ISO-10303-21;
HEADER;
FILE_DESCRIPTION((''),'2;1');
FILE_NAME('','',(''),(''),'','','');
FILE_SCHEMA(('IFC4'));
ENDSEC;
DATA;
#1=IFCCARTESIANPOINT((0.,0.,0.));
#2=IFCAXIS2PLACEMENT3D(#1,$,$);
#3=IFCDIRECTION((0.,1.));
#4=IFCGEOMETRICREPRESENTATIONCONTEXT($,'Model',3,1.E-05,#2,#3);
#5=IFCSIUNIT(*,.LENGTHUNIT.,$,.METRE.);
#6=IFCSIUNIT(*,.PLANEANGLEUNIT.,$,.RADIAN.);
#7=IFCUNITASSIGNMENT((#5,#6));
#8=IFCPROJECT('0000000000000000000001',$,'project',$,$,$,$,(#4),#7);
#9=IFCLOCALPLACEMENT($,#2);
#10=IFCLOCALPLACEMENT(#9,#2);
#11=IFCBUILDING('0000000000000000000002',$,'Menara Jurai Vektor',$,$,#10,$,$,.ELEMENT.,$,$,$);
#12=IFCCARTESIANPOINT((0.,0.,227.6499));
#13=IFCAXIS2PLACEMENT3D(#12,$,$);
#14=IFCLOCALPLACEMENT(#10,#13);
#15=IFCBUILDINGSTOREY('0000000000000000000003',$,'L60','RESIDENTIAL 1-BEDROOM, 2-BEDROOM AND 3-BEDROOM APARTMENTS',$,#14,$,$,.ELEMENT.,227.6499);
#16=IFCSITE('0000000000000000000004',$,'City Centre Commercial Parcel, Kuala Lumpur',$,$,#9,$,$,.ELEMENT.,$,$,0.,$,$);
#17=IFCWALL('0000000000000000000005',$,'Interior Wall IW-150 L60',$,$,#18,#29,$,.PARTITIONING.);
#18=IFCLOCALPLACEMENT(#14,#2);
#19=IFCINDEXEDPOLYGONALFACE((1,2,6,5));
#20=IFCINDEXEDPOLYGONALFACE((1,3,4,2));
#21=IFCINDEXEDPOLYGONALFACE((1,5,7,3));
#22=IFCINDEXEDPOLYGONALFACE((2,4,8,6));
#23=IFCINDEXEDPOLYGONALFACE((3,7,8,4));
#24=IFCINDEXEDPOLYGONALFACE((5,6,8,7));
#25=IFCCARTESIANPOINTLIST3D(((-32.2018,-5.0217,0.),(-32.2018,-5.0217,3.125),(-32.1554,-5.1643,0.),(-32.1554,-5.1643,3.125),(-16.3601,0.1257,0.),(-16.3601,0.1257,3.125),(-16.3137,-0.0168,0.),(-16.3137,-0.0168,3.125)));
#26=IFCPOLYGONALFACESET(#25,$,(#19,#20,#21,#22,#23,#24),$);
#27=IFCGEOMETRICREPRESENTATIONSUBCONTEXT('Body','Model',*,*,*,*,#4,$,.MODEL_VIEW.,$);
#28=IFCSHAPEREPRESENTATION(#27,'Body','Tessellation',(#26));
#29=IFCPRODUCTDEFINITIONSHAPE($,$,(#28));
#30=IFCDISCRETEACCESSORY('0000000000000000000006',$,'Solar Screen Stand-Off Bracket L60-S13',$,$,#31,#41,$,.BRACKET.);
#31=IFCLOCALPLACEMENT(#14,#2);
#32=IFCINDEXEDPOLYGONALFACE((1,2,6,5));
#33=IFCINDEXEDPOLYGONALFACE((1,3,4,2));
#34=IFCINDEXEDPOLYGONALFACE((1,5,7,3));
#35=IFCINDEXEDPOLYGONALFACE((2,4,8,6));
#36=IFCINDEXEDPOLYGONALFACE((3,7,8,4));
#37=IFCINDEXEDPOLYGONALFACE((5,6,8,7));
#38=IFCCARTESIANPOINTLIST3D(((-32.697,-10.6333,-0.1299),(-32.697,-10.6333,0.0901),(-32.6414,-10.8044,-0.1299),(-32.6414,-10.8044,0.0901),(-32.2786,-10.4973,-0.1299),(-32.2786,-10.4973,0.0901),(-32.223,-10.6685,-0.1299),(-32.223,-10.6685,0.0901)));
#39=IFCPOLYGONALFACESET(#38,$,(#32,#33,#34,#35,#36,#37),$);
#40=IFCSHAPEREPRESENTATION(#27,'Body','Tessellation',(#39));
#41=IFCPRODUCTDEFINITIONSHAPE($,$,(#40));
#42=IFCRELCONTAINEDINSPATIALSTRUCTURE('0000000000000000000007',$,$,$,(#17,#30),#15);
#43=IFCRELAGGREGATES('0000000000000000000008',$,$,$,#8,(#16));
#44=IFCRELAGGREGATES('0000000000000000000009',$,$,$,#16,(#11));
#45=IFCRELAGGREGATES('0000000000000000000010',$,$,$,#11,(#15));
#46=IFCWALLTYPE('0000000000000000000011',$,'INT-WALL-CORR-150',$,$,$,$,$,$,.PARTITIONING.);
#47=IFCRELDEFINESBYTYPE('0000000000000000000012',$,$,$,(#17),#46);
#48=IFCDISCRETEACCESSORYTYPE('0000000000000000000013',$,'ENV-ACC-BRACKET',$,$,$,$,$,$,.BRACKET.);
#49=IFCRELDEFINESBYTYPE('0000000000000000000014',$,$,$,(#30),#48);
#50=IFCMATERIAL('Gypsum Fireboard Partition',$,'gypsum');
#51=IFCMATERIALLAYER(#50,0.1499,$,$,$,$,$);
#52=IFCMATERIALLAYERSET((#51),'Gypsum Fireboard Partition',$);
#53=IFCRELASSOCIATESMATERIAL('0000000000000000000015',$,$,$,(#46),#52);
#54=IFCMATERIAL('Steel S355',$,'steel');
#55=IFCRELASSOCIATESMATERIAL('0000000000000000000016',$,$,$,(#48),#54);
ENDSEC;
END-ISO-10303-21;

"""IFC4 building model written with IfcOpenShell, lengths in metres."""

from ifc_helpers import new_model, si_unit, direction, frame, frame_2d, origin, origin_2d, place, context, subcontext, project, spatial, rectangle, extrude, material, layer, layer_set, type_object, element, save


model = new_model("IFC4")

# Units and contexts
model_context = context("Model", 3, precision=1e-05, world=origin(), true_north=direction((0.0, 1.0)))
body_context = subcontext(model_context, "Body", "Model", "MODEL_VIEW")
ifc_project = project(units=[si_unit("LENGTHUNIT", "METRE"), si_unit("PLANEANGLEUNIT", "RADIAN")], contexts=[model_context])

# Site, building, storey
site_placement = place(None, origin())
site = spatial("IfcSite", under=ifc_project, at=site_placement, Name="City Centre Commercial Parcel, Kuala Lumpur", CompositionType="ELEMENT", RefElevation=0.0)
building_placement = place(site_placement, origin())
building = spatial("IfcBuilding", under=site, at=building_placement, Name="Menara Jurai Vektor", CompositionType="ELEMENT")
storey_placement = place(building_placement, frame((0.0, 0.0, 227.6499)))
storey = spatial("IfcBuildingStorey", under=building, at=storey_placement, Name="L60", Description="RESIDENTIAL 1-BEDROOM, 2-BEDROOM AND 3-BEDROOM APARTMENTS", CompositionType="ELEMENT", Elevation=227.6499)

# Shared definitions
ifc_material_1 = material(Name="Steel S355", Category="steel")

# Shared definitions
ifc_material_2 = material(Name="Gypsum Fireboard Partition", Category="gypsum")
ifc_layer_1 = layer(ifc_material_2, 0.1499)
ifc_layer_set_1 = layer_set([ifc_layer_1], Name="Gypsum Fireboard Partition")
wall_type = type_object("IfcWallType", Name="INT-WALL-CORR-150", PredefinedType="PARTITIONING", material=ifc_layer_set_1)

# Wall
for number, where, z_axis, x_axis, name in (
    (1, (-32.1787, -5.093, 0.0), (0.0, 0.0, 1.0), (0.951054, 0.309025, 0.0), "Interior Wall IW-150 L60"),
):
    element("IfcWall", number, at=place(storey_placement, frame(where, z_axis=z_axis, x_axis=x_axis)), inside=storey, type_object=wall_type, Name=name, PredefinedType="PARTITIONING", context=body_context, shape_type="SweptSolid", body=[
        extrude(rectangle(XDim=16.657, YDim=0.1499, at=frame_2d((8.3286, 0.0))), origin(), (0.0, 0.0, 1.0), 3.125),
    ])

# Discrete accessory
discrete_accessory_type = type_object("IfcDiscreteAccessoryType", Name="ENV-ACC-BRACKET", PredefinedType="BRACKET", material=ifc_material_1)
discrete_accessory_placement = place(storey_placement, frame((-32.46, -10.6509, -0.1299), z_axis=(0.0, 0.0, 1.0), x_axis=(0.309017, -0.951057, 0.0)))
element("IfcDiscreteAccessory", 2, at=discrete_accessory_placement, inside=storey, type_object=discrete_accessory_type, Name="Solar Screen Stand-Off Bracket L60-S13", PredefinedType="BRACKET", context=body_context, shape_type="SweptSolid", body=[
    extrude(rectangle(XDim=0.1799, YDim=0.4399, at=origin_2d()), origin(), (0.0, 0.0, 1.0), 0.22),
])

save(model, "model.ifc")
